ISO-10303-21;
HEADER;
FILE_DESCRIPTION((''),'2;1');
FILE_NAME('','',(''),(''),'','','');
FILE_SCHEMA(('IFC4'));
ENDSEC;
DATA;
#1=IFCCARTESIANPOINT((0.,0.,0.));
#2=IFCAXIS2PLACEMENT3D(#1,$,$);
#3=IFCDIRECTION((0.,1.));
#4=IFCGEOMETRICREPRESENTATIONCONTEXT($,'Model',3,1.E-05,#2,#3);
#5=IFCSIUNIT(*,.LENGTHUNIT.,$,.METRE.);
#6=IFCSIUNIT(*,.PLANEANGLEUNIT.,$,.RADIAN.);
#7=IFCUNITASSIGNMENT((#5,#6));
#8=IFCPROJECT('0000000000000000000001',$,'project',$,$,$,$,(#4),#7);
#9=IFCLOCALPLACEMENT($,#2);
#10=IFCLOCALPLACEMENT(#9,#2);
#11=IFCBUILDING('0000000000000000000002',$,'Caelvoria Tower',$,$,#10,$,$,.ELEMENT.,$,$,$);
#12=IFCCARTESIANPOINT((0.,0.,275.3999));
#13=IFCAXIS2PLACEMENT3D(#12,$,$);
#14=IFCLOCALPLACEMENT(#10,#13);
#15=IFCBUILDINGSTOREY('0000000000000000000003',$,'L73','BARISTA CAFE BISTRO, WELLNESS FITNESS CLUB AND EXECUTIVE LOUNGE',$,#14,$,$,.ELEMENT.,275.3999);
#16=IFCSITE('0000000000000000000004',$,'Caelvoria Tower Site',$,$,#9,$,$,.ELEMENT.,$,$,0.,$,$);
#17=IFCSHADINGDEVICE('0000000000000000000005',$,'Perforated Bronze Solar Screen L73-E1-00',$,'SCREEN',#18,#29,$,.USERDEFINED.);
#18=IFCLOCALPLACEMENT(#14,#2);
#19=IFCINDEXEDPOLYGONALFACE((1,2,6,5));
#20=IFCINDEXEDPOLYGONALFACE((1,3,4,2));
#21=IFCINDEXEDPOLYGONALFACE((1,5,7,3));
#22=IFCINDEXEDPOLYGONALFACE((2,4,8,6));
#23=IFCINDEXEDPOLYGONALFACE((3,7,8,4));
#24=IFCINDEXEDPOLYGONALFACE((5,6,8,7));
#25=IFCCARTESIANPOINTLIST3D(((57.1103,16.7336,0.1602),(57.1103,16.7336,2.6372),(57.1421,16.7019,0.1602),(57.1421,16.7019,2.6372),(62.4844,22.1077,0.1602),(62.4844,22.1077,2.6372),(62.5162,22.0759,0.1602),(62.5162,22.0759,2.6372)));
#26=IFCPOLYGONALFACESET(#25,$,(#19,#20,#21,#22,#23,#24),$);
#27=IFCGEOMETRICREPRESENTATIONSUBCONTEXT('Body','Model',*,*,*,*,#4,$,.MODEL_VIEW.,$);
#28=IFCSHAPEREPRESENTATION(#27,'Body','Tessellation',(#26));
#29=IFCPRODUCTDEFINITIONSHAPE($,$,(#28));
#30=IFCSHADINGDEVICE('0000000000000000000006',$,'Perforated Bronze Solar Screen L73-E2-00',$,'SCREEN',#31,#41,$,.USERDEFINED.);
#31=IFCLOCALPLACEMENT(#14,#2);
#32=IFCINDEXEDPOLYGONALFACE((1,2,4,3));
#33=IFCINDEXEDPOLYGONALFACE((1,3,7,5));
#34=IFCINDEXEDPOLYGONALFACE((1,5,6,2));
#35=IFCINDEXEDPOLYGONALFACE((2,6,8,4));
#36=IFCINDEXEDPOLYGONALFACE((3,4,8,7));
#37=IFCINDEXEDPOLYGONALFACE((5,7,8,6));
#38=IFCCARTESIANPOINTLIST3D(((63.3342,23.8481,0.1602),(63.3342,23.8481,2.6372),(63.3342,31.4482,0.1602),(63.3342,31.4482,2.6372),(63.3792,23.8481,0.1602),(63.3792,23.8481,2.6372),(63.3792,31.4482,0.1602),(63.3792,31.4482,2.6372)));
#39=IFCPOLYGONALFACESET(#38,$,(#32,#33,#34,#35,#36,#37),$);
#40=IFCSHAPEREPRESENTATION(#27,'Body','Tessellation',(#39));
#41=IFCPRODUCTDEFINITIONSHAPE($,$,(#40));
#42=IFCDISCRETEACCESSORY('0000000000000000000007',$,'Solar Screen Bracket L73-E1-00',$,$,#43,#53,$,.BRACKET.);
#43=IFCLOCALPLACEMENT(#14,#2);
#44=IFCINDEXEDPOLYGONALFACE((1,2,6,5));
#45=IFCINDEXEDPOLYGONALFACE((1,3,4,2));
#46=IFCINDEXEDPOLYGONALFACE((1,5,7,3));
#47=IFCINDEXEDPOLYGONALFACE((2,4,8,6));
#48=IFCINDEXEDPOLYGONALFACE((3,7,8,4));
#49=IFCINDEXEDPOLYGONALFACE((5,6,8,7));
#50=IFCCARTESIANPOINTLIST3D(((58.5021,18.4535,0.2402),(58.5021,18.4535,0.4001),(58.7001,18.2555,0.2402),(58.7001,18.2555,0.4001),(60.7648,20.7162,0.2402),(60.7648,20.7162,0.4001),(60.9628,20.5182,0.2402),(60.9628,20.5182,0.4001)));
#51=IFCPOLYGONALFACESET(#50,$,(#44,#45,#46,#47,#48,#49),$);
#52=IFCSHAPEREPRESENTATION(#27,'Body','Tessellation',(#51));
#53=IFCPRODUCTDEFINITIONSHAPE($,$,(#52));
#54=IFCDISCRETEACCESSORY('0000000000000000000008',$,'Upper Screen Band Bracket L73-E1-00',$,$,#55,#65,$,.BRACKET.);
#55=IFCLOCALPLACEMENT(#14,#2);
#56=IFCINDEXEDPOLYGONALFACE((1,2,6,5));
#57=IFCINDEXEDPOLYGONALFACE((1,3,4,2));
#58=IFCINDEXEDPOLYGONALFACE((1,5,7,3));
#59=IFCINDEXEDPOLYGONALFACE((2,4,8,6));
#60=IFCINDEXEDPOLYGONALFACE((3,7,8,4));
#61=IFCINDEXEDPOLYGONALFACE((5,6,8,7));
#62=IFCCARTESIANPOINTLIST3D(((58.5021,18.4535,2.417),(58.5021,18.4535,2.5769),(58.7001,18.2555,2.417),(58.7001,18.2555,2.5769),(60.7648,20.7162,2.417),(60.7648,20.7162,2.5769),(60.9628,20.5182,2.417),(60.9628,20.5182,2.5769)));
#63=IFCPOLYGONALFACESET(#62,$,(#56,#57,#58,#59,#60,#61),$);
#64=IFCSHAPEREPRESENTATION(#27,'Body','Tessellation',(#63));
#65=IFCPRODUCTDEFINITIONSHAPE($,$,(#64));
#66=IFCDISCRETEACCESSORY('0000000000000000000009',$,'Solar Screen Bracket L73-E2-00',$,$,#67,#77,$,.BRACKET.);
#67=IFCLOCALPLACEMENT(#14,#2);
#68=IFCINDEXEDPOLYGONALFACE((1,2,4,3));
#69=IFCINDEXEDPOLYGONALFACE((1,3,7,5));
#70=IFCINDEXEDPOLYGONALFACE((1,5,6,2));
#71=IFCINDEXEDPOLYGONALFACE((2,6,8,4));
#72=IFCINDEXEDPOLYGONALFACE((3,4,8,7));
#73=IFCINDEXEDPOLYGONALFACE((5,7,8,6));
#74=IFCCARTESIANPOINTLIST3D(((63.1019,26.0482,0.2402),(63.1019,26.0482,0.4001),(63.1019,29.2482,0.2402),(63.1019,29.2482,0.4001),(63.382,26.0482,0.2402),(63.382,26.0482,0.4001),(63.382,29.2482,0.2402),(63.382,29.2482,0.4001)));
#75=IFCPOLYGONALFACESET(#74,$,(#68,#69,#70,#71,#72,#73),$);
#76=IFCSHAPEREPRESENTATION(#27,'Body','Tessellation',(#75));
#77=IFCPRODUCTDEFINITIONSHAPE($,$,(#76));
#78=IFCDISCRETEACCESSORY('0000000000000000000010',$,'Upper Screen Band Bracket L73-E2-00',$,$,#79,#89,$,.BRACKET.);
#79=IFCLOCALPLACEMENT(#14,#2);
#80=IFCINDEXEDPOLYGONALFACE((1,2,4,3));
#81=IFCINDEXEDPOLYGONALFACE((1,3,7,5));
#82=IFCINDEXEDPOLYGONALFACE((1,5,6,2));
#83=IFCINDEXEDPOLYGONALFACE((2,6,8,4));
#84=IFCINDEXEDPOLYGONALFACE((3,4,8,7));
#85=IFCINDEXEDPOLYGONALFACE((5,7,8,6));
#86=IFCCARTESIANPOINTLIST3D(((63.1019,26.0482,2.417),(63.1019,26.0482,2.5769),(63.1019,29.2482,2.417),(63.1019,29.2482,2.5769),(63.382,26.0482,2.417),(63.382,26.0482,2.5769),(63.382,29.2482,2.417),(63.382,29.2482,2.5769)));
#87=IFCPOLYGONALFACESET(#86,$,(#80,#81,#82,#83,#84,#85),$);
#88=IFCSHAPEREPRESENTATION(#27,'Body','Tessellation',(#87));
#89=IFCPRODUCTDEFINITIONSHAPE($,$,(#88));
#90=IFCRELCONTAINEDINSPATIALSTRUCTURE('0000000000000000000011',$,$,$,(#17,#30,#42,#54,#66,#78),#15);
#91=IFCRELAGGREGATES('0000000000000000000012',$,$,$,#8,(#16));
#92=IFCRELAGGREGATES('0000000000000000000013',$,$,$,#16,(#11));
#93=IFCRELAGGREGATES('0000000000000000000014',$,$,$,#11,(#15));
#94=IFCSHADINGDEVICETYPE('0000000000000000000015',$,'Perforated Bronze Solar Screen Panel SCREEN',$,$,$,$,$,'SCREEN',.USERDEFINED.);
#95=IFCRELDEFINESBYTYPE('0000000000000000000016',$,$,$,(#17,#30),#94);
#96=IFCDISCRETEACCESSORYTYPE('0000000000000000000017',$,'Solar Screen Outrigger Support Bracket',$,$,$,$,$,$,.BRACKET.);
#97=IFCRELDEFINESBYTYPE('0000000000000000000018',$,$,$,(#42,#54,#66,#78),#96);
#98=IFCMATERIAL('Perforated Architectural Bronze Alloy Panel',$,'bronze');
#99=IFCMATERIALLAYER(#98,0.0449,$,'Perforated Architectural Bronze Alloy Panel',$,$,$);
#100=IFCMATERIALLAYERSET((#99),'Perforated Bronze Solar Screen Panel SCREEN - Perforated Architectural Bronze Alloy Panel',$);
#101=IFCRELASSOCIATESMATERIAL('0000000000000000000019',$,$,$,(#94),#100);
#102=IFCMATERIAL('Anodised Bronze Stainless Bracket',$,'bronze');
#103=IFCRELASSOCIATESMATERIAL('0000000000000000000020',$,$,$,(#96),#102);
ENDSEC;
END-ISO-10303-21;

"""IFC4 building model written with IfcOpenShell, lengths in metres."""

from ifc_helpers import new_model, si_unit, direction, frame, origin, origin_2d, place, context, subcontext, project, spatial, rectangle, extrude, material, layer, layer_set, type_object, element, save


model = new_model("IFC4")

# Units and contexts
model_context = context("Model", 3, precision=1e-05, world=origin(), true_north=direction((0.0, 1.0)))
body_context = subcontext(model_context, "Body", "Model", "MODEL_VIEW")
ifc_project = project(units=[si_unit("LENGTHUNIT", "METRE"), si_unit("PLANEANGLEUNIT", "RADIAN")], contexts=[model_context])

# Site, building, storey
site_placement = place(None, origin())
site = spatial("IfcSite", under=ifc_project, at=site_placement, Name="Caelvoria Tower Site", CompositionType="ELEMENT", RefElevation=0.0)
building_placement = place(site_placement, origin())
building = spatial("IfcBuilding", under=site, at=building_placement, Name="Caelvoria Tower", CompositionType="ELEMENT")
storey_placement = place(building_placement, frame((0.0, 0.0, 275.3999)))
storey = spatial("IfcBuildingStorey", under=building, at=storey_placement, Name="L73", Description="BARISTA CAFE BISTRO, WELLNESS FITNESS CLUB AND EXECUTIVE LOUNGE", CompositionType="ELEMENT", Elevation=275.3999)

# Shading devices
ifc_material_1 = material(Name="Perforated Architectural Bronze Alloy Panel", Category="bronze")
ifc_layer_1 = layer(ifc_material_1, 0.0449, Name="Perforated Architectural Bronze Alloy Panel")
ifc_layer_set_1 = layer_set([ifc_layer_1], Name="Perforated Bronze Solar Screen Panel SCREEN - Perforated Architectural Bronze Alloy Panel")
shading_device_type = type_object("IfcShadingDeviceType", Name="Perforated Bronze Solar Screen Panel SCREEN", ElementType="SCREEN", PredefinedType="USERDEFINED", material=ifc_layer_set_1)
for number, where, z_axis, x_axis, name in (
    (1, (59.8132, 19.4048, 0.1602), (0.0, 0.0, 1.0), (0.707107, 0.707107, 0.0), "Perforated Bronze Solar Screen L73-E1-00"),
    (2, (63.3567, 27.6482, 0.1602), (0.0, 0.0, 1.0), (0.0, 1.0, 0.0), "Perforated Bronze Solar Screen L73-E2-00"),
):
    element("IfcShadingDevice", number, at=place(storey_placement, frame(where, z_axis=z_axis, x_axis=x_axis)), inside=storey, type_object=shading_device_type, Name=name, ObjectType="SCREEN", PredefinedType="USERDEFINED", context=body_context, shape_type="SweptSolid", body=[
        extrude(rectangle(XDim=7.6001, YDim=0.0449, at=origin_2d()), origin(), (0.0, 0.0, 1.0), 2.4771),
    ])

# Discrete accessories
ifc_material_2 = material(Name="Anodised Bronze Stainless Bracket", Category="bronze")
discrete_accessory_type = type_object("IfcDiscreteAccessoryType", Name="Solar Screen Outrigger Support Bracket", PredefinedType="BRACKET", material=ifc_material_2)
for number, where, z_axis, x_axis, name in (
    (3, (59.7324, 19.4858, 0.2402), (0.0, 0.0, 1.0), (0.707107, 0.707107, 0.0), "Solar Screen Bracket L73-E1-00"),
    (4, (59.7324, 19.4858, 2.417), (0.0, 0.0, 1.0), (0.707107, 0.707107, 0.0), "Upper Screen Band Bracket L73-E1-00"),
    (5, (63.2419, 27.6482, 0.2402), (0.0, 0.0, 1.0), (0.0, 1.0, 0.0), "Solar Screen Bracket L73-E2-00"),
    (6, (63.2419, 27.6482, 2.417), (0.0, 0.0, 1.0), (0.0, 1.0, 0.0), "Upper Screen Band Bracket L73-E2-00"),
):
    element("IfcDiscreteAccessory", number, at=place(storey_placement, frame(where, z_axis=z_axis, x_axis=x_axis)), inside=storey, type_object=discrete_accessory_type, Name=name, PredefinedType="BRACKET", context=body_context, shape_type="SweptSolid", body=[
        extrude(rectangle(XDim=3.2, YDim=0.28, at=origin_2d()), origin(), (0.0, 0.0, 1.0), 0.1599),
    ])

save(model, "model.ifc")
